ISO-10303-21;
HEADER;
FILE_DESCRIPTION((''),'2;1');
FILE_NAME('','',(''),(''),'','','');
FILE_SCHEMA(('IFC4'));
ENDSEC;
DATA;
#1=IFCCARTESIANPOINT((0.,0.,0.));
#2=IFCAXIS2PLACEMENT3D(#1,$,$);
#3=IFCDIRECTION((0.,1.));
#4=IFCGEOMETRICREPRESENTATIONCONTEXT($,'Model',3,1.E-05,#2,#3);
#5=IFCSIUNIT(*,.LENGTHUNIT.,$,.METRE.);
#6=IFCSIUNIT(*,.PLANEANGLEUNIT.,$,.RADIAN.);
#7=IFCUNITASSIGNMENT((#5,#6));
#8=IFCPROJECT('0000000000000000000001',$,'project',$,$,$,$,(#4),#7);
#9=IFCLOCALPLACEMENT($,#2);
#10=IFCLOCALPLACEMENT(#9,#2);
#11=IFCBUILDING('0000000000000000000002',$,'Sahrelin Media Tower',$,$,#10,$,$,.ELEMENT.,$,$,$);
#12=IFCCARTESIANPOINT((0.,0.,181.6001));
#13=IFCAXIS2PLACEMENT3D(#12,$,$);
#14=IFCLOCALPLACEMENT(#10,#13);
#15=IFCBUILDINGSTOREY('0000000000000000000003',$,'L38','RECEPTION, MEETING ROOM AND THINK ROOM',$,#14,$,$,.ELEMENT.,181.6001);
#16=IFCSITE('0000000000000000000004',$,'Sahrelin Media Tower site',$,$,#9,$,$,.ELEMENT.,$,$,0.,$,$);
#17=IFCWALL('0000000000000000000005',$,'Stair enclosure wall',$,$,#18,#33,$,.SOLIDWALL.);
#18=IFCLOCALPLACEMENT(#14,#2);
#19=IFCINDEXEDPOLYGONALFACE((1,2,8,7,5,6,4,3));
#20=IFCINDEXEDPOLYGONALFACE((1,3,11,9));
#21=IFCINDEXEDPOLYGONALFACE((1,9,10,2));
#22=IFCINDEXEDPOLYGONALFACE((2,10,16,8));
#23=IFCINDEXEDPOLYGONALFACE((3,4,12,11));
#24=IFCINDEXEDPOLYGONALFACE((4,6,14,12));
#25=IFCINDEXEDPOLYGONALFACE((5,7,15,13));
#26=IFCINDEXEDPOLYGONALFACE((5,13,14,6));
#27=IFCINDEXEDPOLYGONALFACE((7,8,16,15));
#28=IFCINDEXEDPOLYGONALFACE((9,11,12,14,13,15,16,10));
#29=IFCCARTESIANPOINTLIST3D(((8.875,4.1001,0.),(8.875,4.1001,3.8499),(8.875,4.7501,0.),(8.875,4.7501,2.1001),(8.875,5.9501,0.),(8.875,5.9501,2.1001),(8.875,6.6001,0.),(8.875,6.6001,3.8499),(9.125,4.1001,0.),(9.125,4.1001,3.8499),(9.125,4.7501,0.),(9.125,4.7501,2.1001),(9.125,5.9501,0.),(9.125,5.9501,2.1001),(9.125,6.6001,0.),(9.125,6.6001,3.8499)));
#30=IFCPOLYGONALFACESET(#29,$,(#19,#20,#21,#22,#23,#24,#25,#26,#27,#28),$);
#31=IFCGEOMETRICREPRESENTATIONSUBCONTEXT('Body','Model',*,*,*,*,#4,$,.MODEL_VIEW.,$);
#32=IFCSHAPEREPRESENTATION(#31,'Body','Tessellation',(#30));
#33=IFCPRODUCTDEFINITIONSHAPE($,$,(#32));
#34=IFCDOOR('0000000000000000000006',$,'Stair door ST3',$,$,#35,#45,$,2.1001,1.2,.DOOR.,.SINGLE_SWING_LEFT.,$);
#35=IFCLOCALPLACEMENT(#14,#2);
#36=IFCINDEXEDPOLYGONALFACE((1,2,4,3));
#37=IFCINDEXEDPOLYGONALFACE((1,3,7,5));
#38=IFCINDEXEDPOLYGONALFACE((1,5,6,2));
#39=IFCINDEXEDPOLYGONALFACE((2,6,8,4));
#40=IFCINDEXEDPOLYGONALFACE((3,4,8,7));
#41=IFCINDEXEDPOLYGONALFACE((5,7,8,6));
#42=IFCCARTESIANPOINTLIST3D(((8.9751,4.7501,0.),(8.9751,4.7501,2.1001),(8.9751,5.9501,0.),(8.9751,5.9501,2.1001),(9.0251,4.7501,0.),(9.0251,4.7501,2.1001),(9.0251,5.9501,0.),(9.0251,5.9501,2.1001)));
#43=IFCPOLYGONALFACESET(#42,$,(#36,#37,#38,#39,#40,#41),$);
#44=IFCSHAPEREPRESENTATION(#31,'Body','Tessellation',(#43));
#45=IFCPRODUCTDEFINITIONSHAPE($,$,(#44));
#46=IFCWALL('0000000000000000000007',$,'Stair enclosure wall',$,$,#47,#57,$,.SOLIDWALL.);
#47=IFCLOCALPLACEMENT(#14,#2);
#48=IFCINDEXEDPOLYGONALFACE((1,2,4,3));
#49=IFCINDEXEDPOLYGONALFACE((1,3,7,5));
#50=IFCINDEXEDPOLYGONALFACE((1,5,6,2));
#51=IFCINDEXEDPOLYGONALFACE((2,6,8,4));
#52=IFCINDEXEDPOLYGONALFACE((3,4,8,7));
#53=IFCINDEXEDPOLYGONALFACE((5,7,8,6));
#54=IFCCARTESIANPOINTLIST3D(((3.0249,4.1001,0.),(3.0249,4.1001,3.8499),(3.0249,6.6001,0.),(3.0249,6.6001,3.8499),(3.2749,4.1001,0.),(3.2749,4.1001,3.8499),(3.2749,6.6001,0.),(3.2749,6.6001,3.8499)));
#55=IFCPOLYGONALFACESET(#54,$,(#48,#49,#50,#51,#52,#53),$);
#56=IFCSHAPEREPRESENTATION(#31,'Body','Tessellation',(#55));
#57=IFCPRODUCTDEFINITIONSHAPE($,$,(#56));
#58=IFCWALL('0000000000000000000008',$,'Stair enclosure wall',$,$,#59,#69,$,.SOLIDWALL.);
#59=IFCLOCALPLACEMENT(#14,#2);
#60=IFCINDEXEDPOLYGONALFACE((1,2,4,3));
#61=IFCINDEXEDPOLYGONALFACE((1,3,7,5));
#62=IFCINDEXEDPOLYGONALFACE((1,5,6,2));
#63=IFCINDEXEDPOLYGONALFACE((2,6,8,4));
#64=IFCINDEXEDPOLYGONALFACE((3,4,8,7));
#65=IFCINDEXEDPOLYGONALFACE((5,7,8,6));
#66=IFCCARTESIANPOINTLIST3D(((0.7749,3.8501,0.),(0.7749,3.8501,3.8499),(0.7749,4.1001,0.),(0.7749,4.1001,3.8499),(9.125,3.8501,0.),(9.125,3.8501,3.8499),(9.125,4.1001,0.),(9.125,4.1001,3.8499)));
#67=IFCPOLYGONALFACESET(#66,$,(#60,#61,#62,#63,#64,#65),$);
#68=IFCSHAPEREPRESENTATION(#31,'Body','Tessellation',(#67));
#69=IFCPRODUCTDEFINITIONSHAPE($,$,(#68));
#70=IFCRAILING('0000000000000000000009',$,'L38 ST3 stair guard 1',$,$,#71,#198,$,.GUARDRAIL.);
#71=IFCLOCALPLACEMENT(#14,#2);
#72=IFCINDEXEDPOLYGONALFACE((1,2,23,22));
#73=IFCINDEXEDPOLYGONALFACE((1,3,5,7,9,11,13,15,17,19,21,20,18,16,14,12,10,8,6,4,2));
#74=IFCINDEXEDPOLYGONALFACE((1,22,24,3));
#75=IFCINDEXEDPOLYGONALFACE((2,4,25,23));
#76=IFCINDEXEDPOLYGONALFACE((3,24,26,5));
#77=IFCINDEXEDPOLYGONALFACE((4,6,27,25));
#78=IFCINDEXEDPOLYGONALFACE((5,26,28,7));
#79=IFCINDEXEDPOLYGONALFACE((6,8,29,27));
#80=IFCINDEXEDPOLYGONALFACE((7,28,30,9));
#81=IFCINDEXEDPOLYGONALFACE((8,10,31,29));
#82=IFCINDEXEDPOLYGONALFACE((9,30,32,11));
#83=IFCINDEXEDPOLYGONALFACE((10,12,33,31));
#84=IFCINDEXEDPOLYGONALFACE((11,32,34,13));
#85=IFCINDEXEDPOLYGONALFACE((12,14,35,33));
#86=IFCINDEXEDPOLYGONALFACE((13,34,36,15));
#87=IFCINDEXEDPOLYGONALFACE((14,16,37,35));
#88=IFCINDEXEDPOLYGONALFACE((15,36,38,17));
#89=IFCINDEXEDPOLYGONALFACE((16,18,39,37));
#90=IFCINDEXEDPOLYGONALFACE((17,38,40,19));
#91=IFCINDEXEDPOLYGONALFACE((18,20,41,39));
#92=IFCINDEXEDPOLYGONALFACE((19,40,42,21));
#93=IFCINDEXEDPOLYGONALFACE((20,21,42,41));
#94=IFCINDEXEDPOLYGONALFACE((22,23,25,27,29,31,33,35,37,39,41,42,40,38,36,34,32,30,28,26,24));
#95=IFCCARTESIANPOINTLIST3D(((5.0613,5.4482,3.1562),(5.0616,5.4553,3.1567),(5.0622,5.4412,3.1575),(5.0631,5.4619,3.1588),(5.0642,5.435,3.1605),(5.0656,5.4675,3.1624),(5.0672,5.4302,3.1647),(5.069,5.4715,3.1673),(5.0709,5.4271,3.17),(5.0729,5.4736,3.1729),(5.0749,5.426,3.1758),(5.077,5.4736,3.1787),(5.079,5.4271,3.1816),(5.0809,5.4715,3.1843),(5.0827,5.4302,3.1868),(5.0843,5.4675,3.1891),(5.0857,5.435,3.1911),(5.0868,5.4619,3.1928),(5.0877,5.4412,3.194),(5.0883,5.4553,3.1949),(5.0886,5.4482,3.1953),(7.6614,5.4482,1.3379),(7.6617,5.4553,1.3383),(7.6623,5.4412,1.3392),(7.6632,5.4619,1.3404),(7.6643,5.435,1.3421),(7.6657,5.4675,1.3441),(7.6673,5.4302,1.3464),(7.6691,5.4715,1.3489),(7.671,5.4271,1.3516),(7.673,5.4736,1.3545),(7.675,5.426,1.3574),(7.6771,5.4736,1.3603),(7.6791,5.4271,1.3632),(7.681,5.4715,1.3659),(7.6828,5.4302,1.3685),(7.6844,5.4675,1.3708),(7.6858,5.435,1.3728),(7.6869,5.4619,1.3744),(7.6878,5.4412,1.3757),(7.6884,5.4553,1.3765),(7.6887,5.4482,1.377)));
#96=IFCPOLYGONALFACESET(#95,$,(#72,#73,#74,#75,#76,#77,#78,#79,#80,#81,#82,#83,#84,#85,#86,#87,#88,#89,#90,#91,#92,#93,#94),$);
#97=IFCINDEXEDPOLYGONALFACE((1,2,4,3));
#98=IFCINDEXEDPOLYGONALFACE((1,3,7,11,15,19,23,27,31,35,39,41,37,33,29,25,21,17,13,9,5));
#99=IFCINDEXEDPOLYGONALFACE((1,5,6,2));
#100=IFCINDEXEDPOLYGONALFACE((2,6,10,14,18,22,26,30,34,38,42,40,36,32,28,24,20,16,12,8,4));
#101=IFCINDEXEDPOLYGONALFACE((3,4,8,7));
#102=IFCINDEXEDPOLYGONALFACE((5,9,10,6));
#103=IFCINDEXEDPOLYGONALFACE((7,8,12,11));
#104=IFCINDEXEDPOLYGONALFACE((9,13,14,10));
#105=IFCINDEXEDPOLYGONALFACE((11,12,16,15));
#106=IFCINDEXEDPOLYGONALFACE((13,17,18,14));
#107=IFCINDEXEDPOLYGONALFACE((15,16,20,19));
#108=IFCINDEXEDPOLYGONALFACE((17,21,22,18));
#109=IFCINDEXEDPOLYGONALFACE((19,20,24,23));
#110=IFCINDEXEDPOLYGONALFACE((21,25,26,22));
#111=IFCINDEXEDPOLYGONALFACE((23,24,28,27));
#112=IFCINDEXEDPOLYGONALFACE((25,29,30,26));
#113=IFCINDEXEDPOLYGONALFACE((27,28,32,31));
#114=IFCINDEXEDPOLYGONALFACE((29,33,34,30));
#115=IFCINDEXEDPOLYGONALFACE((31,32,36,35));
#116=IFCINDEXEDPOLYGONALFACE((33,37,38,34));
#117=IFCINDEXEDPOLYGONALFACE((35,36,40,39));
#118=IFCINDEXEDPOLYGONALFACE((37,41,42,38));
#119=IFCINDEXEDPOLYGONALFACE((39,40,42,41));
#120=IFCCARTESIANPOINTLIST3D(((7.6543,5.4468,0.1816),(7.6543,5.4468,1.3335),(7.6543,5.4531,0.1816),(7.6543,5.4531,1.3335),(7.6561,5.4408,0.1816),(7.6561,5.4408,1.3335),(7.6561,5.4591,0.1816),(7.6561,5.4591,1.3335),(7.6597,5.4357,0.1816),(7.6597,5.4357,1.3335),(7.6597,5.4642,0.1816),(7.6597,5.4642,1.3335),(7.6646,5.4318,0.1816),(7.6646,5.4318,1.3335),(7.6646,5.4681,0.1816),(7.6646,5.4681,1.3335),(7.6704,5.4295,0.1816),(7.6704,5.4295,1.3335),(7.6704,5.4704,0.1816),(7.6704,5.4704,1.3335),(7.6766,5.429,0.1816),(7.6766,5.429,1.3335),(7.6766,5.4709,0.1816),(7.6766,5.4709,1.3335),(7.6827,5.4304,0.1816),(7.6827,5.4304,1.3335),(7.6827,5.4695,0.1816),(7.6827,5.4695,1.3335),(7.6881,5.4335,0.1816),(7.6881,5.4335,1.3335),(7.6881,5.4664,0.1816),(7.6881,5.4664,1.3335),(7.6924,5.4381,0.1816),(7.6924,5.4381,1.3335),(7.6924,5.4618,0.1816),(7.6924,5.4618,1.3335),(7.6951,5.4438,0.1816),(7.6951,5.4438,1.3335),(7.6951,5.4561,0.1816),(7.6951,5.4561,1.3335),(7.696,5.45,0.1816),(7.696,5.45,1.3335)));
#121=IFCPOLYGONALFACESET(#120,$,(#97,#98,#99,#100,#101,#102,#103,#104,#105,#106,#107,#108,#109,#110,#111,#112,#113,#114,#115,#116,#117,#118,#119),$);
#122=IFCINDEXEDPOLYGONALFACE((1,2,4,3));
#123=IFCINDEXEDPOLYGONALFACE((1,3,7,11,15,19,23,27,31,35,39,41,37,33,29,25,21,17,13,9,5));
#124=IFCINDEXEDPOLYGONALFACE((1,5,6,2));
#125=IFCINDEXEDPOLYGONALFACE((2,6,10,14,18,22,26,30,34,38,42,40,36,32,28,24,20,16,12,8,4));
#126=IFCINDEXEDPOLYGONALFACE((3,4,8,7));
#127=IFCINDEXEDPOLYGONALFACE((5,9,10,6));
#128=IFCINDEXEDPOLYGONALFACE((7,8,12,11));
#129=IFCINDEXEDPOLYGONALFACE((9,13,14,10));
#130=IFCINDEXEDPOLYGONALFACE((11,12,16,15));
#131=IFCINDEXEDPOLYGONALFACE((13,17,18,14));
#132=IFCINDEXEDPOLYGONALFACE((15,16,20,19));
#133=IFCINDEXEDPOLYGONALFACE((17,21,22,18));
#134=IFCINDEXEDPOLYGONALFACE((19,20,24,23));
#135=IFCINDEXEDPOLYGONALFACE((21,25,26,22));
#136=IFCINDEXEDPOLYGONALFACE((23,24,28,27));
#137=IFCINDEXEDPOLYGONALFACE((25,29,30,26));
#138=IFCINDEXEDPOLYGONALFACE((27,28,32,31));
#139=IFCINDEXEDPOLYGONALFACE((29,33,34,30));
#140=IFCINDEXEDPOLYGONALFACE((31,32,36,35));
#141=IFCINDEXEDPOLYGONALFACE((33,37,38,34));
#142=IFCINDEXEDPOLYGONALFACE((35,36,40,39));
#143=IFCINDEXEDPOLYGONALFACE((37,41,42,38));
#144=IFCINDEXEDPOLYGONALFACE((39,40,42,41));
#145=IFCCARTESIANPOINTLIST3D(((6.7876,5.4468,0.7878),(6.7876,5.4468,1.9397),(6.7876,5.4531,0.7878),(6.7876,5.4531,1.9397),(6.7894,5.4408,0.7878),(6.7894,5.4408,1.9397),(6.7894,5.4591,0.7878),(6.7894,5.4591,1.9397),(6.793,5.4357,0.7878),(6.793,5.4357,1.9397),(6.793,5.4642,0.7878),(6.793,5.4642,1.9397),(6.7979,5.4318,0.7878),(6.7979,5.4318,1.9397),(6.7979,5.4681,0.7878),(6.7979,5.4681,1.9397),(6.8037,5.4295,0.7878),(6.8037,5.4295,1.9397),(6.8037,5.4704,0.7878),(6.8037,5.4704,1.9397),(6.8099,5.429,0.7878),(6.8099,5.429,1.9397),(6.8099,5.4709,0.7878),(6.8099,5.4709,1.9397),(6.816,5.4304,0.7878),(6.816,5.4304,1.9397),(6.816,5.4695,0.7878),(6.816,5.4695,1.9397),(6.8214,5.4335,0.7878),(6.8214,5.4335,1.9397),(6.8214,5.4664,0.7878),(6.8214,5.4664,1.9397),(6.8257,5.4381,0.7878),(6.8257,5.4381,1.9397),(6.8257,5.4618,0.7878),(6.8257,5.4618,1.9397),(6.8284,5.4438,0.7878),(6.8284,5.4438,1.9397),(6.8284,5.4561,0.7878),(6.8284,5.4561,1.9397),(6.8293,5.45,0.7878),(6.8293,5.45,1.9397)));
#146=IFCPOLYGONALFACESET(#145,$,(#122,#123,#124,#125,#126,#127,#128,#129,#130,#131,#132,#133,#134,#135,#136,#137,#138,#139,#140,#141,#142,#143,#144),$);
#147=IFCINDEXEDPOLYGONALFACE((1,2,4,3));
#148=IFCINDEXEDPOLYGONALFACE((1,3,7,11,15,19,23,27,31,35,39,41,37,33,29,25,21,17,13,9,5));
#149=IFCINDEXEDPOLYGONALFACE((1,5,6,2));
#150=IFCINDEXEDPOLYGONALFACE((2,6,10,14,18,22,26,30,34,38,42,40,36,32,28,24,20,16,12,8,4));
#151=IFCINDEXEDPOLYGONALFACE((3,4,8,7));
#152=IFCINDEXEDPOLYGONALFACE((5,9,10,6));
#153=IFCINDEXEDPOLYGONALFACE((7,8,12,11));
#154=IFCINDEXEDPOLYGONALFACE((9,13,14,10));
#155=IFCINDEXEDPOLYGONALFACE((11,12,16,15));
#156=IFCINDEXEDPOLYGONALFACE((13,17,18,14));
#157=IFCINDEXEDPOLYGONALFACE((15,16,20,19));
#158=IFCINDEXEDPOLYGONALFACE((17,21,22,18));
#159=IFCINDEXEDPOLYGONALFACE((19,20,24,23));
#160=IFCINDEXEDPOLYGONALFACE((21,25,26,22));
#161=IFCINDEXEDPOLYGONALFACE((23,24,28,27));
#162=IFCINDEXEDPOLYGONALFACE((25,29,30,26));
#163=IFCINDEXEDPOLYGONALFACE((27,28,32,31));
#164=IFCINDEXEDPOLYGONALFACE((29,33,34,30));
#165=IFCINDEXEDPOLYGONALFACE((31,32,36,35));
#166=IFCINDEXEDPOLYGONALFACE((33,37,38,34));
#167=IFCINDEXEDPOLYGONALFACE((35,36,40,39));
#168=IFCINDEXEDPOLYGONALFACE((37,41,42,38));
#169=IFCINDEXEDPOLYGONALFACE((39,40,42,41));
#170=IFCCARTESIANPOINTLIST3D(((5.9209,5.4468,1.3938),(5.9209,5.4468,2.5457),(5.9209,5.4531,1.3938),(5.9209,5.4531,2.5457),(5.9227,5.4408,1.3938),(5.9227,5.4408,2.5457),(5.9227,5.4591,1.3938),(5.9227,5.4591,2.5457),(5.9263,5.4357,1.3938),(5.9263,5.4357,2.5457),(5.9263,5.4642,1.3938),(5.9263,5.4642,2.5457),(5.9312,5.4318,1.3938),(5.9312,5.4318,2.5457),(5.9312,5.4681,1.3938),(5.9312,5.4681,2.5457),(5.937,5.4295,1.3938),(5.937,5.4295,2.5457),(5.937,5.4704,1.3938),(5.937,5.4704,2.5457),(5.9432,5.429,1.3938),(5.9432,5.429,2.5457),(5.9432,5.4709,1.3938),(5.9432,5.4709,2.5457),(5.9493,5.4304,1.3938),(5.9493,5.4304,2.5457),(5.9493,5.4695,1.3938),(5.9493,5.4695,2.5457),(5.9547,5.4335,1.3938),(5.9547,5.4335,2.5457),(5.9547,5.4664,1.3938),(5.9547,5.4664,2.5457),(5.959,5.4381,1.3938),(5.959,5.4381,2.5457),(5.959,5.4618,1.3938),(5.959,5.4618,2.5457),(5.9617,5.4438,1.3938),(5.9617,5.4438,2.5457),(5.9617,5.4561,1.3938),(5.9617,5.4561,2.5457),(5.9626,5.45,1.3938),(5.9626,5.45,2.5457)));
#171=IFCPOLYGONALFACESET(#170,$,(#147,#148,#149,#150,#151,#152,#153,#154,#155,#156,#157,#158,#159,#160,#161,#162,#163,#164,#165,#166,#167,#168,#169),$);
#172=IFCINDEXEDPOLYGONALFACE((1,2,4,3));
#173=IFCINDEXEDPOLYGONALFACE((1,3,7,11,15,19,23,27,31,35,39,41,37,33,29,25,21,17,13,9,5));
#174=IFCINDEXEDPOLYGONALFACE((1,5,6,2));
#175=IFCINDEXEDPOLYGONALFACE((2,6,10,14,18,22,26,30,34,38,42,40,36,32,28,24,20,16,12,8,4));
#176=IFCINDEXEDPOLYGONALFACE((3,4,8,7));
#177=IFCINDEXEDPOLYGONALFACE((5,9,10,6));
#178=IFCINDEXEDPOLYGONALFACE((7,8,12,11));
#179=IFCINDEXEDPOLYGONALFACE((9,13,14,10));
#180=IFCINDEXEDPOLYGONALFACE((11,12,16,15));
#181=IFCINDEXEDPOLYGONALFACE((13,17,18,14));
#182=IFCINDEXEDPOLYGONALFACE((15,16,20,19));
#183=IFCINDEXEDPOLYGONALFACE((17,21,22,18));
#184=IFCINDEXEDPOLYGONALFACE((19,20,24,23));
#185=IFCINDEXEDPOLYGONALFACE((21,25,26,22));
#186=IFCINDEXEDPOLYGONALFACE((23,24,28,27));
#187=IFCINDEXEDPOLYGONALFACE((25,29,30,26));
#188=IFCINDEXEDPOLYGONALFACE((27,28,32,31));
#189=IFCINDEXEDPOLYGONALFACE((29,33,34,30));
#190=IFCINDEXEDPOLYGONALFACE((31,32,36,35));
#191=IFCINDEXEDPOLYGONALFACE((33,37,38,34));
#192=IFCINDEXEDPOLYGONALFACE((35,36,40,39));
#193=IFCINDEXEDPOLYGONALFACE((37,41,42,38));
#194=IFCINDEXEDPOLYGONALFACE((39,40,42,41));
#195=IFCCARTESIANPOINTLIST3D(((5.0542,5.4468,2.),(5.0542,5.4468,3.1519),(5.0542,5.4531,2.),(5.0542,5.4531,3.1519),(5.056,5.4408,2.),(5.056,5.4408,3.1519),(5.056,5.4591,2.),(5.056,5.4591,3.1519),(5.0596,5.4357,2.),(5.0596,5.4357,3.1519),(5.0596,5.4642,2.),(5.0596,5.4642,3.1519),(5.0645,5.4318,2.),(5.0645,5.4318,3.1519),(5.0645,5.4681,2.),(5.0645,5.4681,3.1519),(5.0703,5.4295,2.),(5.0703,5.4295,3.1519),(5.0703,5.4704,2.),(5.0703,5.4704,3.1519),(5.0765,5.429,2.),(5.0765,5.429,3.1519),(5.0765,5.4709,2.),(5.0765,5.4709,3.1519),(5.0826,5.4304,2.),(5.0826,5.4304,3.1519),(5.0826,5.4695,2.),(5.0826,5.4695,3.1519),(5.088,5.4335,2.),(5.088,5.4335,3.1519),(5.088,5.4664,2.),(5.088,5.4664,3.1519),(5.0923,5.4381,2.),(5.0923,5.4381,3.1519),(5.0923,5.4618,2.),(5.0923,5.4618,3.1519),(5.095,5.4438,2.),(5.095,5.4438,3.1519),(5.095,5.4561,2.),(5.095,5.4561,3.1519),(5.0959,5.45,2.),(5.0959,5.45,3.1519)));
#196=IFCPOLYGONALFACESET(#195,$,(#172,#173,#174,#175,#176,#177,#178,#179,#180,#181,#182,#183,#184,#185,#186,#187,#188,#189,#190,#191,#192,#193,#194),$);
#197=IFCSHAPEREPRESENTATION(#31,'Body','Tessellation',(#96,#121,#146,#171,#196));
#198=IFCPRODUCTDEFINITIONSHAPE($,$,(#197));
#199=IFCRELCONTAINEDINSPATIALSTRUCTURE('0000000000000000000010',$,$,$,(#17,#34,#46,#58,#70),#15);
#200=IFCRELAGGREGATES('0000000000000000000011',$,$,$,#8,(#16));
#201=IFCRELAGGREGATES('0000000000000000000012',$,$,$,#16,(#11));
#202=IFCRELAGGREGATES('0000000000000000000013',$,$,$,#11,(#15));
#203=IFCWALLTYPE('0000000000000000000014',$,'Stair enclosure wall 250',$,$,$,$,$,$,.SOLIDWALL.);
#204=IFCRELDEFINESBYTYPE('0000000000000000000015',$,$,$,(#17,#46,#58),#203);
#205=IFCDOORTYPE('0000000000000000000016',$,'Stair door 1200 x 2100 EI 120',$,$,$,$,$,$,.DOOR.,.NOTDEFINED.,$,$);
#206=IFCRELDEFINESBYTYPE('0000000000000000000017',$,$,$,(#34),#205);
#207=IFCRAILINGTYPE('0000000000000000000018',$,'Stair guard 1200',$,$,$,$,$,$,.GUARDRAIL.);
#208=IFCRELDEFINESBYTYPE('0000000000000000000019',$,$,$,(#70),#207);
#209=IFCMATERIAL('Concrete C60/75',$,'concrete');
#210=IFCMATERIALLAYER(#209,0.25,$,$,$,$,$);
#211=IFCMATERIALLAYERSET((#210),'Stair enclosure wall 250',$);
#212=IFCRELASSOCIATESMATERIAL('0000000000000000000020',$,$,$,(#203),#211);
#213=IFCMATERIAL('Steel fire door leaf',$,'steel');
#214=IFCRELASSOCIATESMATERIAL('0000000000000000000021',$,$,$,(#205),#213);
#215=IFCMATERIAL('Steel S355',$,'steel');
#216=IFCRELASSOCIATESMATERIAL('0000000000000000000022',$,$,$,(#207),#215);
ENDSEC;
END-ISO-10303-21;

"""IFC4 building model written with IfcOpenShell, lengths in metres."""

from ifc_helpers import new_model, si_unit, direction, frame, frame_2d, origin, origin_2d, place, context, subcontext, project, spatial, rectangle, circle, extrude, material, layer, layer_set, type_object, element, fill, save


model = new_model("IFC4")

# Units and contexts
model_context = context("Model", 3, precision=1e-05, world=origin(), true_north=direction((0.0, 1.0)))
body_context = subcontext(model_context, "Body", "Model", "MODEL_VIEW")
ifc_project = project(units=[si_unit("LENGTHUNIT", "METRE"), si_unit("PLANEANGLEUNIT", "RADIAN")], contexts=[model_context])

# Site, building, storey
site_placement = place(None, origin())
site = spatial("IfcSite", under=ifc_project, at=site_placement, Name="Sahrelin Media Tower site", CompositionType="ELEMENT", RefElevation=0.0)
building_placement = place(site_placement, origin())
building = spatial("IfcBuilding", under=site, at=building_placement, Name="Sahrelin Media Tower", CompositionType="ELEMENT")
storey_placement = place(building_placement, frame((0.0, 0.0, 181.6001)))
storey = spatial("IfcBuildingStorey", under=building, at=storey_placement, Name="L38", Description="RECEPTION, MEETING ROOM AND THINK ROOM", CompositionType="ELEMENT", Elevation=181.6001)

# Shared definitions
ifc_material_1 = material(Name="Steel S355", Category="steel")

# Shared definitions
ifc_material_2 = material(Name="Steel fire door leaf", Category="steel")

# Shared definitions
ifc_material_3 = material(Name="Concrete C60/75", Category="concrete")

# Wall, opening, door
ifc_layer_1 = layer(ifc_material_3, 0.25)
ifc_layer_set_1 = layer_set([ifc_layer_1], Name="Stair enclosure wall 250")
wall_type_1 = type_object("IfcWallType", Name="Stair enclosure wall 250", PredefinedType="SOLIDWALL", material=ifc_layer_set_1)
wall_1_placement = place(storey_placement, frame((9.0, 4.1001, 0.0), z_axis=(0.0, 0.0, 1.0), x_axis=(0.0, 1.0, 0.0)))
wall_1 = element("IfcWall", 1, at=wall_1_placement, inside=storey, type_object=wall_type_1, Name="Stair enclosure wall", PredefinedType="SOLIDWALL", context=body_context, shape_type="SweptSolid", body=[
    extrude(rectangle(XDim=2.5, YDim=0.25, at=frame_2d((1.25, 0.0))), origin(), (0.0, 0.0, 1.0), 3.8499),
])
opening_1_placement = place(wall_1_placement, frame((0.6499, 0.0, 0.0)))
opening_1 = element("IfcOpeningElement", 2, at=opening_1_placement, cuts=wall_1, PredefinedType="OPENING", context=body_context, shape_type="SweptSolid", body=[
    extrude(rectangle(XDim=1.2, YDim=2.1001, at=frame_2d((0.6001, 1.05))), frame((0.0, 0.125, 0.0), z_axis=(0.0, -1.0, 0.0), x_axis=(1.0, 0.0, 0.0)), (0.0, 0.0, 1.0), 0.25),
])
door_type_1 = type_object("IfcDoorType", Name="Stair door 1200 x 2100 EI 120", OperationType="NOTDEFINED", PredefinedType="DOOR", material=ifc_material_2)
door_1_placement = place(opening_1_placement, origin())
door_1 = element("IfcDoor", 3, at=door_1_placement, inside=storey, type_object=door_type_1, Name="Stair door ST3", OperationType="SINGLE_SWING_LEFT", OverallHeight=2.1001, OverallWidth=1.2, PredefinedType="DOOR", context=body_context, shape_type="SweptSolid", body=[
    extrude(rectangle(XDim=1.2, YDim=2.1001, at=frame_2d((0.6001, 1.05))), frame((0.0, 0.0249, 0.0), z_axis=(0.0, -1.0, 0.0), x_axis=(1.0, 0.0, 0.0)), (0.0, 0.0, 1.0), 0.05),
])
fill(opening_1, door_1)

# Walls
wall_2_placement = place(storey_placement, frame((3.1499, 4.1001, 0.0), z_axis=(0.0, 0.0, 1.0), x_axis=(0.0, 1.0, 0.0)))
element("IfcWall", 4, at=wall_2_placement, inside=storey, type_object=wall_type_1, Name="Stair enclosure wall", PredefinedType="SOLIDWALL", context=body_context, shape_type="SweptSolid", body=[
    extrude(rectangle(XDim=2.5, YDim=0.25, at=frame_2d((1.25, 0.0))), origin(), (0.0, 0.0, 1.0), 3.8499),
])
wall_3_placement = place(storey_placement, frame((0.7749, 3.9751, 0.0), z_axis=(0.0, 0.0, 1.0), x_axis=(1.0, 0.0, 0.0)))
element("IfcWall", 5, at=wall_3_placement, inside=storey, type_object=wall_type_1, Name="Stair enclosure wall", PredefinedType="SOLIDWALL", context=body_context, shape_type="SweptSolid", body=[
    extrude(rectangle(XDim=8.3501, YDim=0.25, at=frame_2d((4.175, 0.0))), origin(), (0.0, 0.0, 1.0), 3.8499),
])

# Railing
railing_type_1 = type_object("IfcRailingType", Name="Stair guard 1200", PredefinedType="GUARDRAIL", material=ifc_material_1)
railing_1_placement = place(storey_placement, frame((7.675, 5.45, 0.1816)))
element("IfcRailing", 6, at=railing_1_placement, inside=storey, type_object=railing_type_1, Name="L38 ST3 stair guard 1", PredefinedType="GUARDRAIL", context=body_context, shape_type="SweptSolid", body=[
    extrude(circle(Radius=0.0239, at=origin_2d()), frame((0.0, 0.0, 1.1758), z_axis=(-0.819485, 0.0, 0.573101), x_axis=(0.0, -1.0, 0.0)), (0.0, 0.0, 1.0), 3.1729),
    extrude(circle(Radius=0.021, at=origin_2d()), origin(), (0.0, 0.0, 1.0), 1.1519),
    extrude(circle(Radius=0.021, at=origin_2d()), frame((-0.8667, 0.0, 0.6062)), (0.0, 0.0, 1.0), 1.1519),
    extrude(circle(Radius=0.021, at=origin_2d()), frame((-1.7334, 0.0, 1.2122)), (0.0, 0.0, 1.0), 1.1519),
    extrude(circle(Radius=0.021, at=origin_2d()), frame((-2.6001, 0.0, 1.8184)), (0.0, 0.0, 1.0), 1.1519),
])

save(model, "model.ifc")
